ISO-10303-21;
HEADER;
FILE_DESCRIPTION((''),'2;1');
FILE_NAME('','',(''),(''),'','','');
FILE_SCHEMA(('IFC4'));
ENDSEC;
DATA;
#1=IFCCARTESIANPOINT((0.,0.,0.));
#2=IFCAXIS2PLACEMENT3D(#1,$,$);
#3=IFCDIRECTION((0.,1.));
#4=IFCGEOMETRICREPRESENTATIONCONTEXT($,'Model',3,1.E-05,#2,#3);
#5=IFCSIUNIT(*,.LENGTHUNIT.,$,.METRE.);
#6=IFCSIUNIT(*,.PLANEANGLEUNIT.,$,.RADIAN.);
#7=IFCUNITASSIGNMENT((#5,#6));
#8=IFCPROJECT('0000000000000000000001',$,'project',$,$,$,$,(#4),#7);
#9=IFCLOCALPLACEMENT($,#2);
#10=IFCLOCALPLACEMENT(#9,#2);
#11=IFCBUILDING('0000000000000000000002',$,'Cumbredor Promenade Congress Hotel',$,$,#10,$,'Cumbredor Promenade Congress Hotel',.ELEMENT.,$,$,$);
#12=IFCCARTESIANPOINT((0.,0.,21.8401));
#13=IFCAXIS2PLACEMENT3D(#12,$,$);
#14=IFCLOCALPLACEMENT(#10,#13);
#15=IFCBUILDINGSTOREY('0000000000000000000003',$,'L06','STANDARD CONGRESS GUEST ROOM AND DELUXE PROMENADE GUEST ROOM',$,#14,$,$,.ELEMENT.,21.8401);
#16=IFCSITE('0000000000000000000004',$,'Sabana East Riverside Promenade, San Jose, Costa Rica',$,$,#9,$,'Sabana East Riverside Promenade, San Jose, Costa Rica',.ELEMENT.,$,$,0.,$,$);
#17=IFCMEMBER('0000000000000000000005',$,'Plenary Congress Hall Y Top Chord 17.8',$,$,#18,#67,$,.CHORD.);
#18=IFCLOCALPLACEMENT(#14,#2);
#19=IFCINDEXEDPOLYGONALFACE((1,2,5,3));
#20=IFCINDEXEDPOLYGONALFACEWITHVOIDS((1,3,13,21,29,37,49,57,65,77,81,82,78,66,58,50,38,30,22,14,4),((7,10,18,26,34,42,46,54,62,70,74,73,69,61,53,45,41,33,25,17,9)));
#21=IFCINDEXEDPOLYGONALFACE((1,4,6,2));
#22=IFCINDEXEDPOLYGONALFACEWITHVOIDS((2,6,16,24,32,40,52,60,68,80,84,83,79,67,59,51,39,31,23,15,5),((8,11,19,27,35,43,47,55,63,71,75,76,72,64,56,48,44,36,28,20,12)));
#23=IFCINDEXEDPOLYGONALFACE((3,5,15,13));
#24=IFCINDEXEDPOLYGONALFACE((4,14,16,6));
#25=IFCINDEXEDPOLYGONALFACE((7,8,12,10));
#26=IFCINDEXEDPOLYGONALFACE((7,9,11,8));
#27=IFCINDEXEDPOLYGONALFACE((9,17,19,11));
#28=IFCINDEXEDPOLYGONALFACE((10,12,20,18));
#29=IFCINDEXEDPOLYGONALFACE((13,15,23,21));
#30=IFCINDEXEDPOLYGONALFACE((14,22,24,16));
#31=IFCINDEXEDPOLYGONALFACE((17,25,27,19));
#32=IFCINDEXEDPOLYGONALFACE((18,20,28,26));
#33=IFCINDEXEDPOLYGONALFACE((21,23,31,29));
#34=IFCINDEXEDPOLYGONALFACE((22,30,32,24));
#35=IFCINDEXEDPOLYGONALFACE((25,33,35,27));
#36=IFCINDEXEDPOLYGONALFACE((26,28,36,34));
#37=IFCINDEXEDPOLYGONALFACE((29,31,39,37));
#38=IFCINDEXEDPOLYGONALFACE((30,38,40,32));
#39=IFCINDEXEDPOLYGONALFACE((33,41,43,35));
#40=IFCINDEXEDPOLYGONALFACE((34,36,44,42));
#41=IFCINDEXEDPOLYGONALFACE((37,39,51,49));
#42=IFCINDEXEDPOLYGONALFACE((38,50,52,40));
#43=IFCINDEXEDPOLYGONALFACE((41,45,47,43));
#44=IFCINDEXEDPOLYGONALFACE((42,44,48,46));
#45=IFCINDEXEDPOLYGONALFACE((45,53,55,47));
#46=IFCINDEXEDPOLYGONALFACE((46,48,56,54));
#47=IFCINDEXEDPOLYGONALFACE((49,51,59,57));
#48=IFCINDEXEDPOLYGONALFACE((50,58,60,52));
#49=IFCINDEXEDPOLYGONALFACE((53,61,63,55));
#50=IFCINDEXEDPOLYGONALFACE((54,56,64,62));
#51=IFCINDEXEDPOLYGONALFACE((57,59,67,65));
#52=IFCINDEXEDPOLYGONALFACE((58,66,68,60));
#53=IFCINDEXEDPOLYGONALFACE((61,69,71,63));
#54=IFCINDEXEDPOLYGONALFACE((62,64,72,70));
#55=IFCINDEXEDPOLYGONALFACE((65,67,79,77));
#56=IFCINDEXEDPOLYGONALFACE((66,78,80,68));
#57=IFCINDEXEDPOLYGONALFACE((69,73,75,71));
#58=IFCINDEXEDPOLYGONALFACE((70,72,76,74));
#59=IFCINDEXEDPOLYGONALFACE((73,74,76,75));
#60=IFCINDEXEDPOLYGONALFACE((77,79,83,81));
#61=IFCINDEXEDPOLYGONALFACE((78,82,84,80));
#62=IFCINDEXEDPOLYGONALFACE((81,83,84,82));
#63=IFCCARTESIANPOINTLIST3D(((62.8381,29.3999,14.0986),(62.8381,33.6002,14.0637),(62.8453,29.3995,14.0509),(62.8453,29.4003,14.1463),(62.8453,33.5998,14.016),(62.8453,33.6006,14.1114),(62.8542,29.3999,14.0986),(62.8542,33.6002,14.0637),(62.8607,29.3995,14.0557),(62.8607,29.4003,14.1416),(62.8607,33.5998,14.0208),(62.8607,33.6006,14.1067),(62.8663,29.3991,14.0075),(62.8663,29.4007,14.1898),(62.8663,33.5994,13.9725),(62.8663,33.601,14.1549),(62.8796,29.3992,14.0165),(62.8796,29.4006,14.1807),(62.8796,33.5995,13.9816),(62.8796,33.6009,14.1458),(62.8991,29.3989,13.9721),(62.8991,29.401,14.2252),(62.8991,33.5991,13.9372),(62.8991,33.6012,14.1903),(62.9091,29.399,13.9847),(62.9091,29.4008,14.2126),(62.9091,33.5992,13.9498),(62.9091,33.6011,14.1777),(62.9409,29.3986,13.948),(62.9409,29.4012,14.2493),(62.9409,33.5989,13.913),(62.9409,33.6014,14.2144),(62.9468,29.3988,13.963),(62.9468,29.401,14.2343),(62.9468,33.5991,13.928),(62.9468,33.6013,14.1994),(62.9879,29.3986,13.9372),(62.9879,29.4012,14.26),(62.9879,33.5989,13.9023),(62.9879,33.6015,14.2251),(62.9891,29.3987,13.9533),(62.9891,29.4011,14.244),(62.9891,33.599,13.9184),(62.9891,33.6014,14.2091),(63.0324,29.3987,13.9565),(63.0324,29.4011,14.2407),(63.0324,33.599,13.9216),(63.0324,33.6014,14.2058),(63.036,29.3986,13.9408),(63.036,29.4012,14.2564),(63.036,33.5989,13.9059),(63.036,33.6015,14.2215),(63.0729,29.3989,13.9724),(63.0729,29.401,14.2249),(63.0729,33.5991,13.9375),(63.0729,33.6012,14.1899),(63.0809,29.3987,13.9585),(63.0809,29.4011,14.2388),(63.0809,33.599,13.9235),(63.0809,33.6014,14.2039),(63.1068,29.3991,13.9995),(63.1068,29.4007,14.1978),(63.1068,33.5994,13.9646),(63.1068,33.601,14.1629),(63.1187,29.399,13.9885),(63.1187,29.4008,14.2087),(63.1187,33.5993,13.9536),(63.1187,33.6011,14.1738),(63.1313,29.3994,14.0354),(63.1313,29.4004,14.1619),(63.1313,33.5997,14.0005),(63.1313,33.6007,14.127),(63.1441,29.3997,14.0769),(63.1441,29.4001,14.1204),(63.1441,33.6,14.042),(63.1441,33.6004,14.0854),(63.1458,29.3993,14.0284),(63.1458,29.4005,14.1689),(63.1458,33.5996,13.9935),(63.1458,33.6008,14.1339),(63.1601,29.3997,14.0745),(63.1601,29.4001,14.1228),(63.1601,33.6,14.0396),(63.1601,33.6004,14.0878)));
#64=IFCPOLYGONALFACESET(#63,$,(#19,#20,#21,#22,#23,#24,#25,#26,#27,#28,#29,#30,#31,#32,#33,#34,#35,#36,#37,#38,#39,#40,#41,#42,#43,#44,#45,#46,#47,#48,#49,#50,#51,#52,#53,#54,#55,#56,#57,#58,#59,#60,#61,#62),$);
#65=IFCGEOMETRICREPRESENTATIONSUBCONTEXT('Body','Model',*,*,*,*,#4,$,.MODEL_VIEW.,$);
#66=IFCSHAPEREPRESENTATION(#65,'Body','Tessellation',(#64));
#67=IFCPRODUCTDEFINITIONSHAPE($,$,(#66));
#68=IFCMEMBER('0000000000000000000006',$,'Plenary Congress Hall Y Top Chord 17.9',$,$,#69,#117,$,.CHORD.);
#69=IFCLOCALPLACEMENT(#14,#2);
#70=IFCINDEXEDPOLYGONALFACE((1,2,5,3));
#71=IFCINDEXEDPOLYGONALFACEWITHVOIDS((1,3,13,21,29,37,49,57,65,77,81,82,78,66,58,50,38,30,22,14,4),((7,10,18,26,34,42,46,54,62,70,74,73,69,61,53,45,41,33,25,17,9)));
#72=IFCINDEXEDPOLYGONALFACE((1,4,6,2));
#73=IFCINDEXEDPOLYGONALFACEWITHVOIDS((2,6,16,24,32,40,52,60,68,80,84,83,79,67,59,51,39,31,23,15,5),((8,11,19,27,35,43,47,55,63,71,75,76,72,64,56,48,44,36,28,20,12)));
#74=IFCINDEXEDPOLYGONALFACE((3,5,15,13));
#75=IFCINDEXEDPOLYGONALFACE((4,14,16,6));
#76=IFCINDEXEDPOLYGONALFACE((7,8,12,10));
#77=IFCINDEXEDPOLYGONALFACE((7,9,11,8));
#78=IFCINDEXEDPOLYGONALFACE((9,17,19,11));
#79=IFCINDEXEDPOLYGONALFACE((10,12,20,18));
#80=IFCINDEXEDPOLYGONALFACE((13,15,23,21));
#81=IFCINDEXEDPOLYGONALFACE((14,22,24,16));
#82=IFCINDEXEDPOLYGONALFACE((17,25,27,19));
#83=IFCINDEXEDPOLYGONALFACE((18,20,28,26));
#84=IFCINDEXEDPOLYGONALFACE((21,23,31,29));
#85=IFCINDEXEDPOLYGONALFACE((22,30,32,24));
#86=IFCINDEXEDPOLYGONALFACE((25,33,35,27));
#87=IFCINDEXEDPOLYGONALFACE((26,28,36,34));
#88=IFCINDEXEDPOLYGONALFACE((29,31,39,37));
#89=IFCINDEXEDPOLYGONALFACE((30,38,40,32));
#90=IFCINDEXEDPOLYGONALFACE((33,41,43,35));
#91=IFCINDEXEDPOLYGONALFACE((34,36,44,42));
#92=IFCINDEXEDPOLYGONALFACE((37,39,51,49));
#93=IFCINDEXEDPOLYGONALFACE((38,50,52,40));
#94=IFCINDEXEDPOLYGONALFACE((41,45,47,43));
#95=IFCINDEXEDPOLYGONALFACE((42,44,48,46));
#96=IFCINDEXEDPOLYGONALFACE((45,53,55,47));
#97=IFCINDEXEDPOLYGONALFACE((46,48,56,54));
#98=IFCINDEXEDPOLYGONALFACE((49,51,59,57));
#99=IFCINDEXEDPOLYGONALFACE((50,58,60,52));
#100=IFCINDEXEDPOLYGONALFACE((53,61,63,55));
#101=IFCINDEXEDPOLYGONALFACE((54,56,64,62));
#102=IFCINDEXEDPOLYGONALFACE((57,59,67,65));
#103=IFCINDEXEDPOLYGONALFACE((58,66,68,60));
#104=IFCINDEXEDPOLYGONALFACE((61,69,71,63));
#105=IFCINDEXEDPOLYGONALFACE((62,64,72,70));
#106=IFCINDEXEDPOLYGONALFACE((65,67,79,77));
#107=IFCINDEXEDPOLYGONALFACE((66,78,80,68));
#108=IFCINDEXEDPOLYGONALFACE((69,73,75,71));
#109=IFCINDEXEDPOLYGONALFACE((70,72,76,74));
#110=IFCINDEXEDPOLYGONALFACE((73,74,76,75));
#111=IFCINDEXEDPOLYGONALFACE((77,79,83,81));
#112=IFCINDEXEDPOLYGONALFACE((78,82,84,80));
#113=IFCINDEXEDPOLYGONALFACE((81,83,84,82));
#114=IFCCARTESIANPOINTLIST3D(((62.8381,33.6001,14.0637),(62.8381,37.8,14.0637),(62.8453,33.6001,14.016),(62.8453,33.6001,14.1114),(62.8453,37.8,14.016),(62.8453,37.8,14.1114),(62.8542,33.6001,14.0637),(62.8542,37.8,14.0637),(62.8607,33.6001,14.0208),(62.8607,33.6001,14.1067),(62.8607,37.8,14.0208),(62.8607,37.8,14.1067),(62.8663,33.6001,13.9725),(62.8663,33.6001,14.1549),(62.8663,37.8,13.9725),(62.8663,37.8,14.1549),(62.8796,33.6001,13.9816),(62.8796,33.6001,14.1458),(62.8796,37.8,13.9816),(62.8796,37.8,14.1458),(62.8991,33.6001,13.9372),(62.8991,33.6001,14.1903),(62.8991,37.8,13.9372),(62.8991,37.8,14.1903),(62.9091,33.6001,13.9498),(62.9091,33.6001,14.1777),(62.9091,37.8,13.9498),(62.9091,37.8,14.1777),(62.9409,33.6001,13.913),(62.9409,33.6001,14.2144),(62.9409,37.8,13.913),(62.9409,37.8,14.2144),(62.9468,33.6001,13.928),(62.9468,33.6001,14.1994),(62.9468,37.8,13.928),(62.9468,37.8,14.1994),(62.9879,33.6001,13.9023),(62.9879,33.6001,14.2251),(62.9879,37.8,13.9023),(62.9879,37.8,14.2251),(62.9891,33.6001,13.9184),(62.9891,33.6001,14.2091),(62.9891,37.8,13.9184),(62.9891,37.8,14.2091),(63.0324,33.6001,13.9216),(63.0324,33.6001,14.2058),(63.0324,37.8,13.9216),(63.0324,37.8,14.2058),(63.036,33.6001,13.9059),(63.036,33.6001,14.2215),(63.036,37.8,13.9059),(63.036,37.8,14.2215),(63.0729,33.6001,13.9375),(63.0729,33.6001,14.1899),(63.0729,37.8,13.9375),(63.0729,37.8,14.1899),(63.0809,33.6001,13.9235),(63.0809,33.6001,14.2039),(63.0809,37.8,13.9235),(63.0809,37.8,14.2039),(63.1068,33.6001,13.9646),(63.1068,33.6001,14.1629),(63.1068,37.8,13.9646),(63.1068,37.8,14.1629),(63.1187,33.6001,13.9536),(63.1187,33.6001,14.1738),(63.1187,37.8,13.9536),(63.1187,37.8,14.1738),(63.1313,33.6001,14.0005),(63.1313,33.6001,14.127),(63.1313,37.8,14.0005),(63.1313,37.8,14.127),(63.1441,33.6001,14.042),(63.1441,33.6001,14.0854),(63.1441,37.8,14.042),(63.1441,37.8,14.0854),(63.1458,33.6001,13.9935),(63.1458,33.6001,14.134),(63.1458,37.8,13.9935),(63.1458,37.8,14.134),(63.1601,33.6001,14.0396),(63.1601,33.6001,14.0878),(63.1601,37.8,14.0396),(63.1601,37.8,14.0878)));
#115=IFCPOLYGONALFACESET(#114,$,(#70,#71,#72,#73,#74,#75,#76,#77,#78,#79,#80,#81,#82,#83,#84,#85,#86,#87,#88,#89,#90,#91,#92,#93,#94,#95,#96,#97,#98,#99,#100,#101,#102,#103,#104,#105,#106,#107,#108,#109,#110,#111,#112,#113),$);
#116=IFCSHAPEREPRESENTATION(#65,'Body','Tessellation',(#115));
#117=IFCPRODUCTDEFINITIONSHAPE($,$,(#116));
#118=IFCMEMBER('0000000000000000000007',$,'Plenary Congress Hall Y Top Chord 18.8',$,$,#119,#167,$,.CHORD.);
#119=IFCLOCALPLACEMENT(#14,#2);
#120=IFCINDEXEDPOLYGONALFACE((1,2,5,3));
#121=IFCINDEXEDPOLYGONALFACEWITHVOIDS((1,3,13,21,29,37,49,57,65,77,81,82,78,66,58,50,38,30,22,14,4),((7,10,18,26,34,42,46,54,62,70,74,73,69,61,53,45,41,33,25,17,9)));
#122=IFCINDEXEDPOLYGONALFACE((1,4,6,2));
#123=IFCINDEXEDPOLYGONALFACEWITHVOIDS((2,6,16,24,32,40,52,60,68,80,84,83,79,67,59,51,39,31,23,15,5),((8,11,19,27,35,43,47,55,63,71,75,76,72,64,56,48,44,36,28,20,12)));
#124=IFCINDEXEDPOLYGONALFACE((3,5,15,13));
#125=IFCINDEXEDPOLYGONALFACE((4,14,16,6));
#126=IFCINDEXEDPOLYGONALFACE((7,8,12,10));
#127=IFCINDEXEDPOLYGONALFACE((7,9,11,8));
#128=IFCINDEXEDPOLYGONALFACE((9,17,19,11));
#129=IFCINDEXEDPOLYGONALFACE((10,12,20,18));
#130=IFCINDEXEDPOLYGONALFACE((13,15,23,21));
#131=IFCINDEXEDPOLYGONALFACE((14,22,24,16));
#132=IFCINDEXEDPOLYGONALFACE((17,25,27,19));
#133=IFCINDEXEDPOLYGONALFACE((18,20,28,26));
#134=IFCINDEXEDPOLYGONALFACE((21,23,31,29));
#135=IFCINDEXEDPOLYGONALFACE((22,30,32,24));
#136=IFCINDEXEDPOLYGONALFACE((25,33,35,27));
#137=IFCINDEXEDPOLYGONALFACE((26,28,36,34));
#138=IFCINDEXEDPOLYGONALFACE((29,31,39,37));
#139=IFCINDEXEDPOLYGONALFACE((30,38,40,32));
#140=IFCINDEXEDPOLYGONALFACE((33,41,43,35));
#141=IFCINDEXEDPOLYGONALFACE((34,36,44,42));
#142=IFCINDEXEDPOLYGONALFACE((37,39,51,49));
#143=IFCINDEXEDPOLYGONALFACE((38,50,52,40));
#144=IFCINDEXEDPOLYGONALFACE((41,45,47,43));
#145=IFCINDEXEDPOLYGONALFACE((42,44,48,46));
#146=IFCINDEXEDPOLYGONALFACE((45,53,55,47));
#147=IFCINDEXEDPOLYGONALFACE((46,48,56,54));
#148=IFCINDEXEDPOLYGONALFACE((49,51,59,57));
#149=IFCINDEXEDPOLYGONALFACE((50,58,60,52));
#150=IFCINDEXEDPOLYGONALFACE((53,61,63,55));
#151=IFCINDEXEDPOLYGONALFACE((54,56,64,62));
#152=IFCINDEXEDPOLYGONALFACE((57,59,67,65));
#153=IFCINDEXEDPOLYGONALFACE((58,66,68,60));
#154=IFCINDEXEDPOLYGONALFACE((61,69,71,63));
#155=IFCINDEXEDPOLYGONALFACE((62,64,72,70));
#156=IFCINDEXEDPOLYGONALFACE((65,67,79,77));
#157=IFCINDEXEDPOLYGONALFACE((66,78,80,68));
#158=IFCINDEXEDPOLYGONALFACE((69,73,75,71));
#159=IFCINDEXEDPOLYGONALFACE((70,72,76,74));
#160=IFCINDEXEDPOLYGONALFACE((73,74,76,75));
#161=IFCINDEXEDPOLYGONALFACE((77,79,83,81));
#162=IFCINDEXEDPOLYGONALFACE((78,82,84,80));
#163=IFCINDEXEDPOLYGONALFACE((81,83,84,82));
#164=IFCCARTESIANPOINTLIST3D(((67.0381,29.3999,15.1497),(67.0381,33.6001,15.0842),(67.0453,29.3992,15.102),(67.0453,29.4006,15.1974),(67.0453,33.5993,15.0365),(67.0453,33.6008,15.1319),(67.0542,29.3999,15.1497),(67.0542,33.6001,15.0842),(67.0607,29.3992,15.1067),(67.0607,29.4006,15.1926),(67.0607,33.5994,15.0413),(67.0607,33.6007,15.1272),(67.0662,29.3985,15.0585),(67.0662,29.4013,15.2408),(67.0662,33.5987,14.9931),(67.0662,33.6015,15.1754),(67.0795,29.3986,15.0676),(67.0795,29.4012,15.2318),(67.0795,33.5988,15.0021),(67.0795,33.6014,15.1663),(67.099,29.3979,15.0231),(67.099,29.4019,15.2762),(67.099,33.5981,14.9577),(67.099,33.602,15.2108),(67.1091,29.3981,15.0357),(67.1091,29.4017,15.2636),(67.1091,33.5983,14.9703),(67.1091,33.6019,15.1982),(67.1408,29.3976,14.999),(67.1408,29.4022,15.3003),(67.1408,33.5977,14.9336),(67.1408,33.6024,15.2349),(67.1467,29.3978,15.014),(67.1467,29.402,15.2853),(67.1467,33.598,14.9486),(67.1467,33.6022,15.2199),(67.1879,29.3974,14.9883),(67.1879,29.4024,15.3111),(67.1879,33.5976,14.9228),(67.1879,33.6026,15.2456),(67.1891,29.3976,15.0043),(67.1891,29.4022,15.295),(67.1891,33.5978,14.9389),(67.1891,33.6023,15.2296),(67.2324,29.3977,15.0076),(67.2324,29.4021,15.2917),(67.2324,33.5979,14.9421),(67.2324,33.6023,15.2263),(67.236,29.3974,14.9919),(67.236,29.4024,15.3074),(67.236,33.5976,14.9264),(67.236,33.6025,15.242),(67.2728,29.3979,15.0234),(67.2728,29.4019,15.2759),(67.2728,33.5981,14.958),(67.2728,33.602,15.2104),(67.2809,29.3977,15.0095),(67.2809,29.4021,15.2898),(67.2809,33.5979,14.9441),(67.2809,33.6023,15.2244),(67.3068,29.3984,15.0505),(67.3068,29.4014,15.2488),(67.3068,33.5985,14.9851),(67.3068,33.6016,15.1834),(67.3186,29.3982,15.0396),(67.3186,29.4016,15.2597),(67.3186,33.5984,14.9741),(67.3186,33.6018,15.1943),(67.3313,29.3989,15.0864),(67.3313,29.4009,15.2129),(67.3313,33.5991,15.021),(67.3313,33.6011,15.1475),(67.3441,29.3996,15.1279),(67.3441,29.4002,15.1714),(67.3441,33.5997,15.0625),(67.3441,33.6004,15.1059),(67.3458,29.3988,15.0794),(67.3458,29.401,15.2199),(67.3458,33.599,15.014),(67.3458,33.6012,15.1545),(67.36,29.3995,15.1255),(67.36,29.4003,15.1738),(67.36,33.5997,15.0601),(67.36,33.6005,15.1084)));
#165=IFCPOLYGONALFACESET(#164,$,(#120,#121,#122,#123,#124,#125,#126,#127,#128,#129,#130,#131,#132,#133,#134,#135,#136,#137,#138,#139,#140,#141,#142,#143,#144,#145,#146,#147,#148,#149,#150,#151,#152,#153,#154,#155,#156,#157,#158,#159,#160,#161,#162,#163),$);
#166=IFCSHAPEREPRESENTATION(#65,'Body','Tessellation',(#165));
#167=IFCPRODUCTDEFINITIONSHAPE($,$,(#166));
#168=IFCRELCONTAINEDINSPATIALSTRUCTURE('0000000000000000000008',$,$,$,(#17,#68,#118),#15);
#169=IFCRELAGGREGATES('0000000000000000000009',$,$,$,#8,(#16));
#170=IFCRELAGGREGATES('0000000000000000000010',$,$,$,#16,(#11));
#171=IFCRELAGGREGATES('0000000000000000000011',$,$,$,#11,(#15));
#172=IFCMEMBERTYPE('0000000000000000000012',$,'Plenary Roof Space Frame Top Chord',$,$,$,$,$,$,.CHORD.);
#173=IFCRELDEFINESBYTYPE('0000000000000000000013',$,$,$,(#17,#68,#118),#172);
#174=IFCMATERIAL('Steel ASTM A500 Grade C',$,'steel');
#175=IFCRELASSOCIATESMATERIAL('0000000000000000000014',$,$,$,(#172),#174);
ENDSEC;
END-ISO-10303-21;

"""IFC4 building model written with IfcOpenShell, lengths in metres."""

from ifc_helpers import new_model, si_unit, direction, frame, origin, origin_2d, place, context, subcontext, project, spatial, hollow_circle, extrude, material, material_profile, profile_set, type_object, element, save


model = new_model("IFC4")

# Units and contexts
model_context = context("Model", 3, precision=1e-05, world=origin(), true_north=direction((0.0, 1.0)))
body_context = subcontext(model_context, "Body", "Model", "MODEL_VIEW")
ifc_project = project(units=[si_unit("LENGTHUNIT", "METRE"), si_unit("PLANEANGLEUNIT", "RADIAN")], contexts=[model_context])

# Site, building, storey
site_placement = place(None, origin())
site = spatial("IfcSite", under=ifc_project, at=site_placement, Name="Sabana East Riverside Promenade, San Jose, Costa Rica", LongName="Sabana East Riverside Promenade, San Jose, Costa Rica", CompositionType="ELEMENT", RefElevation=0.0)
building_placement = place(site_placement, origin())
building = spatial("IfcBuilding", under=site, at=building_placement, Name="Cumbredor Promenade Congress Hotel", LongName="Cumbredor Promenade Congress Hotel", CompositionType="ELEMENT")
storey_placement = place(building_placement, frame((0.0, 0.0, 21.8401)))
storey = spatial("IfcBuildingStorey", under=building, at=storey_placement, Name="L06", Description="STANDARD CONGRESS GUEST ROOM AND DELUXE PROMENADE GUEST ROOM", CompositionType="ELEMENT", Elevation=21.8401)

# Members
ifc_material_1 = material(Name="Steel ASTM A500 Grade C", Category="steel")
ifc_material_profile_1 = material_profile(ifc_material_1, hollow_circle(Radius=0.1619, WallThickness=0.0161, at=origin_2d()), Name="CHS 323.9x16")
ifc_profile_set_1 = profile_set([ifc_material_profile_1], Name="Steel ASTM A500 Grade C")
member_type_1 = type_object("IfcMemberType", Name="Plenary Roof Space Frame Top Chord", PredefinedType="CHORD", material=ifc_profile_set_1)
member_1_placement = place(storey_placement, frame((63.0, 29.3999, 14.0986), z_axis=(0.0, 0.999965, -0.008312), x_axis=(-1.0, 0.0, 0.0)))
element("IfcMember", 1, at=member_1_placement, inside=storey, type_object=member_type_1, Name="Plenary Congress Hall Y Top Chord 17.8", PredefinedType="CHORD", context=body_context, shape_type="SweptSolid", body=[
    extrude(hollow_circle(Radius=0.1619, WallThickness=0.0161, at=origin_2d()), origin(), (0.0, 0.0, 1.0), 4.2004),
])
member_2_placement = place(storey_placement, frame((63.0, 33.6001, 14.0637), z_axis=(0.0, 1.0, 0.0), x_axis=(-1.0, 0.0, 0.0)))
element("IfcMember", 2, at=member_2_placement, inside=storey, type_object=member_type_1, Name="Plenary Congress Hall Y Top Chord 17.9", PredefinedType="CHORD", context=body_context, shape_type="SweptSolid", body=[
    extrude(hollow_circle(Radius=0.1619, WallThickness=0.0161, at=origin_2d()), origin(), (0.0, 0.0, 1.0), 4.2),
])
member_3_placement = place(storey_placement, frame((67.2, 29.3999, 15.1497), z_axis=(0.0, 0.999879, -0.015576), x_axis=(-1.0, 0.0, 0.0)))
element("IfcMember", 3, at=member_3_placement, inside=storey, type_object=member_type_1, Name="Plenary Congress Hall Y Top Chord 18.8", PredefinedType="CHORD", context=body_context, shape_type="SweptSolid", body=[
    extrude(hollow_circle(Radius=0.1619, WallThickness=0.0161, at=origin_2d()), origin(), (0.0, 0.0, 1.0), 4.2007),
])

save(model, "model.ifc")
